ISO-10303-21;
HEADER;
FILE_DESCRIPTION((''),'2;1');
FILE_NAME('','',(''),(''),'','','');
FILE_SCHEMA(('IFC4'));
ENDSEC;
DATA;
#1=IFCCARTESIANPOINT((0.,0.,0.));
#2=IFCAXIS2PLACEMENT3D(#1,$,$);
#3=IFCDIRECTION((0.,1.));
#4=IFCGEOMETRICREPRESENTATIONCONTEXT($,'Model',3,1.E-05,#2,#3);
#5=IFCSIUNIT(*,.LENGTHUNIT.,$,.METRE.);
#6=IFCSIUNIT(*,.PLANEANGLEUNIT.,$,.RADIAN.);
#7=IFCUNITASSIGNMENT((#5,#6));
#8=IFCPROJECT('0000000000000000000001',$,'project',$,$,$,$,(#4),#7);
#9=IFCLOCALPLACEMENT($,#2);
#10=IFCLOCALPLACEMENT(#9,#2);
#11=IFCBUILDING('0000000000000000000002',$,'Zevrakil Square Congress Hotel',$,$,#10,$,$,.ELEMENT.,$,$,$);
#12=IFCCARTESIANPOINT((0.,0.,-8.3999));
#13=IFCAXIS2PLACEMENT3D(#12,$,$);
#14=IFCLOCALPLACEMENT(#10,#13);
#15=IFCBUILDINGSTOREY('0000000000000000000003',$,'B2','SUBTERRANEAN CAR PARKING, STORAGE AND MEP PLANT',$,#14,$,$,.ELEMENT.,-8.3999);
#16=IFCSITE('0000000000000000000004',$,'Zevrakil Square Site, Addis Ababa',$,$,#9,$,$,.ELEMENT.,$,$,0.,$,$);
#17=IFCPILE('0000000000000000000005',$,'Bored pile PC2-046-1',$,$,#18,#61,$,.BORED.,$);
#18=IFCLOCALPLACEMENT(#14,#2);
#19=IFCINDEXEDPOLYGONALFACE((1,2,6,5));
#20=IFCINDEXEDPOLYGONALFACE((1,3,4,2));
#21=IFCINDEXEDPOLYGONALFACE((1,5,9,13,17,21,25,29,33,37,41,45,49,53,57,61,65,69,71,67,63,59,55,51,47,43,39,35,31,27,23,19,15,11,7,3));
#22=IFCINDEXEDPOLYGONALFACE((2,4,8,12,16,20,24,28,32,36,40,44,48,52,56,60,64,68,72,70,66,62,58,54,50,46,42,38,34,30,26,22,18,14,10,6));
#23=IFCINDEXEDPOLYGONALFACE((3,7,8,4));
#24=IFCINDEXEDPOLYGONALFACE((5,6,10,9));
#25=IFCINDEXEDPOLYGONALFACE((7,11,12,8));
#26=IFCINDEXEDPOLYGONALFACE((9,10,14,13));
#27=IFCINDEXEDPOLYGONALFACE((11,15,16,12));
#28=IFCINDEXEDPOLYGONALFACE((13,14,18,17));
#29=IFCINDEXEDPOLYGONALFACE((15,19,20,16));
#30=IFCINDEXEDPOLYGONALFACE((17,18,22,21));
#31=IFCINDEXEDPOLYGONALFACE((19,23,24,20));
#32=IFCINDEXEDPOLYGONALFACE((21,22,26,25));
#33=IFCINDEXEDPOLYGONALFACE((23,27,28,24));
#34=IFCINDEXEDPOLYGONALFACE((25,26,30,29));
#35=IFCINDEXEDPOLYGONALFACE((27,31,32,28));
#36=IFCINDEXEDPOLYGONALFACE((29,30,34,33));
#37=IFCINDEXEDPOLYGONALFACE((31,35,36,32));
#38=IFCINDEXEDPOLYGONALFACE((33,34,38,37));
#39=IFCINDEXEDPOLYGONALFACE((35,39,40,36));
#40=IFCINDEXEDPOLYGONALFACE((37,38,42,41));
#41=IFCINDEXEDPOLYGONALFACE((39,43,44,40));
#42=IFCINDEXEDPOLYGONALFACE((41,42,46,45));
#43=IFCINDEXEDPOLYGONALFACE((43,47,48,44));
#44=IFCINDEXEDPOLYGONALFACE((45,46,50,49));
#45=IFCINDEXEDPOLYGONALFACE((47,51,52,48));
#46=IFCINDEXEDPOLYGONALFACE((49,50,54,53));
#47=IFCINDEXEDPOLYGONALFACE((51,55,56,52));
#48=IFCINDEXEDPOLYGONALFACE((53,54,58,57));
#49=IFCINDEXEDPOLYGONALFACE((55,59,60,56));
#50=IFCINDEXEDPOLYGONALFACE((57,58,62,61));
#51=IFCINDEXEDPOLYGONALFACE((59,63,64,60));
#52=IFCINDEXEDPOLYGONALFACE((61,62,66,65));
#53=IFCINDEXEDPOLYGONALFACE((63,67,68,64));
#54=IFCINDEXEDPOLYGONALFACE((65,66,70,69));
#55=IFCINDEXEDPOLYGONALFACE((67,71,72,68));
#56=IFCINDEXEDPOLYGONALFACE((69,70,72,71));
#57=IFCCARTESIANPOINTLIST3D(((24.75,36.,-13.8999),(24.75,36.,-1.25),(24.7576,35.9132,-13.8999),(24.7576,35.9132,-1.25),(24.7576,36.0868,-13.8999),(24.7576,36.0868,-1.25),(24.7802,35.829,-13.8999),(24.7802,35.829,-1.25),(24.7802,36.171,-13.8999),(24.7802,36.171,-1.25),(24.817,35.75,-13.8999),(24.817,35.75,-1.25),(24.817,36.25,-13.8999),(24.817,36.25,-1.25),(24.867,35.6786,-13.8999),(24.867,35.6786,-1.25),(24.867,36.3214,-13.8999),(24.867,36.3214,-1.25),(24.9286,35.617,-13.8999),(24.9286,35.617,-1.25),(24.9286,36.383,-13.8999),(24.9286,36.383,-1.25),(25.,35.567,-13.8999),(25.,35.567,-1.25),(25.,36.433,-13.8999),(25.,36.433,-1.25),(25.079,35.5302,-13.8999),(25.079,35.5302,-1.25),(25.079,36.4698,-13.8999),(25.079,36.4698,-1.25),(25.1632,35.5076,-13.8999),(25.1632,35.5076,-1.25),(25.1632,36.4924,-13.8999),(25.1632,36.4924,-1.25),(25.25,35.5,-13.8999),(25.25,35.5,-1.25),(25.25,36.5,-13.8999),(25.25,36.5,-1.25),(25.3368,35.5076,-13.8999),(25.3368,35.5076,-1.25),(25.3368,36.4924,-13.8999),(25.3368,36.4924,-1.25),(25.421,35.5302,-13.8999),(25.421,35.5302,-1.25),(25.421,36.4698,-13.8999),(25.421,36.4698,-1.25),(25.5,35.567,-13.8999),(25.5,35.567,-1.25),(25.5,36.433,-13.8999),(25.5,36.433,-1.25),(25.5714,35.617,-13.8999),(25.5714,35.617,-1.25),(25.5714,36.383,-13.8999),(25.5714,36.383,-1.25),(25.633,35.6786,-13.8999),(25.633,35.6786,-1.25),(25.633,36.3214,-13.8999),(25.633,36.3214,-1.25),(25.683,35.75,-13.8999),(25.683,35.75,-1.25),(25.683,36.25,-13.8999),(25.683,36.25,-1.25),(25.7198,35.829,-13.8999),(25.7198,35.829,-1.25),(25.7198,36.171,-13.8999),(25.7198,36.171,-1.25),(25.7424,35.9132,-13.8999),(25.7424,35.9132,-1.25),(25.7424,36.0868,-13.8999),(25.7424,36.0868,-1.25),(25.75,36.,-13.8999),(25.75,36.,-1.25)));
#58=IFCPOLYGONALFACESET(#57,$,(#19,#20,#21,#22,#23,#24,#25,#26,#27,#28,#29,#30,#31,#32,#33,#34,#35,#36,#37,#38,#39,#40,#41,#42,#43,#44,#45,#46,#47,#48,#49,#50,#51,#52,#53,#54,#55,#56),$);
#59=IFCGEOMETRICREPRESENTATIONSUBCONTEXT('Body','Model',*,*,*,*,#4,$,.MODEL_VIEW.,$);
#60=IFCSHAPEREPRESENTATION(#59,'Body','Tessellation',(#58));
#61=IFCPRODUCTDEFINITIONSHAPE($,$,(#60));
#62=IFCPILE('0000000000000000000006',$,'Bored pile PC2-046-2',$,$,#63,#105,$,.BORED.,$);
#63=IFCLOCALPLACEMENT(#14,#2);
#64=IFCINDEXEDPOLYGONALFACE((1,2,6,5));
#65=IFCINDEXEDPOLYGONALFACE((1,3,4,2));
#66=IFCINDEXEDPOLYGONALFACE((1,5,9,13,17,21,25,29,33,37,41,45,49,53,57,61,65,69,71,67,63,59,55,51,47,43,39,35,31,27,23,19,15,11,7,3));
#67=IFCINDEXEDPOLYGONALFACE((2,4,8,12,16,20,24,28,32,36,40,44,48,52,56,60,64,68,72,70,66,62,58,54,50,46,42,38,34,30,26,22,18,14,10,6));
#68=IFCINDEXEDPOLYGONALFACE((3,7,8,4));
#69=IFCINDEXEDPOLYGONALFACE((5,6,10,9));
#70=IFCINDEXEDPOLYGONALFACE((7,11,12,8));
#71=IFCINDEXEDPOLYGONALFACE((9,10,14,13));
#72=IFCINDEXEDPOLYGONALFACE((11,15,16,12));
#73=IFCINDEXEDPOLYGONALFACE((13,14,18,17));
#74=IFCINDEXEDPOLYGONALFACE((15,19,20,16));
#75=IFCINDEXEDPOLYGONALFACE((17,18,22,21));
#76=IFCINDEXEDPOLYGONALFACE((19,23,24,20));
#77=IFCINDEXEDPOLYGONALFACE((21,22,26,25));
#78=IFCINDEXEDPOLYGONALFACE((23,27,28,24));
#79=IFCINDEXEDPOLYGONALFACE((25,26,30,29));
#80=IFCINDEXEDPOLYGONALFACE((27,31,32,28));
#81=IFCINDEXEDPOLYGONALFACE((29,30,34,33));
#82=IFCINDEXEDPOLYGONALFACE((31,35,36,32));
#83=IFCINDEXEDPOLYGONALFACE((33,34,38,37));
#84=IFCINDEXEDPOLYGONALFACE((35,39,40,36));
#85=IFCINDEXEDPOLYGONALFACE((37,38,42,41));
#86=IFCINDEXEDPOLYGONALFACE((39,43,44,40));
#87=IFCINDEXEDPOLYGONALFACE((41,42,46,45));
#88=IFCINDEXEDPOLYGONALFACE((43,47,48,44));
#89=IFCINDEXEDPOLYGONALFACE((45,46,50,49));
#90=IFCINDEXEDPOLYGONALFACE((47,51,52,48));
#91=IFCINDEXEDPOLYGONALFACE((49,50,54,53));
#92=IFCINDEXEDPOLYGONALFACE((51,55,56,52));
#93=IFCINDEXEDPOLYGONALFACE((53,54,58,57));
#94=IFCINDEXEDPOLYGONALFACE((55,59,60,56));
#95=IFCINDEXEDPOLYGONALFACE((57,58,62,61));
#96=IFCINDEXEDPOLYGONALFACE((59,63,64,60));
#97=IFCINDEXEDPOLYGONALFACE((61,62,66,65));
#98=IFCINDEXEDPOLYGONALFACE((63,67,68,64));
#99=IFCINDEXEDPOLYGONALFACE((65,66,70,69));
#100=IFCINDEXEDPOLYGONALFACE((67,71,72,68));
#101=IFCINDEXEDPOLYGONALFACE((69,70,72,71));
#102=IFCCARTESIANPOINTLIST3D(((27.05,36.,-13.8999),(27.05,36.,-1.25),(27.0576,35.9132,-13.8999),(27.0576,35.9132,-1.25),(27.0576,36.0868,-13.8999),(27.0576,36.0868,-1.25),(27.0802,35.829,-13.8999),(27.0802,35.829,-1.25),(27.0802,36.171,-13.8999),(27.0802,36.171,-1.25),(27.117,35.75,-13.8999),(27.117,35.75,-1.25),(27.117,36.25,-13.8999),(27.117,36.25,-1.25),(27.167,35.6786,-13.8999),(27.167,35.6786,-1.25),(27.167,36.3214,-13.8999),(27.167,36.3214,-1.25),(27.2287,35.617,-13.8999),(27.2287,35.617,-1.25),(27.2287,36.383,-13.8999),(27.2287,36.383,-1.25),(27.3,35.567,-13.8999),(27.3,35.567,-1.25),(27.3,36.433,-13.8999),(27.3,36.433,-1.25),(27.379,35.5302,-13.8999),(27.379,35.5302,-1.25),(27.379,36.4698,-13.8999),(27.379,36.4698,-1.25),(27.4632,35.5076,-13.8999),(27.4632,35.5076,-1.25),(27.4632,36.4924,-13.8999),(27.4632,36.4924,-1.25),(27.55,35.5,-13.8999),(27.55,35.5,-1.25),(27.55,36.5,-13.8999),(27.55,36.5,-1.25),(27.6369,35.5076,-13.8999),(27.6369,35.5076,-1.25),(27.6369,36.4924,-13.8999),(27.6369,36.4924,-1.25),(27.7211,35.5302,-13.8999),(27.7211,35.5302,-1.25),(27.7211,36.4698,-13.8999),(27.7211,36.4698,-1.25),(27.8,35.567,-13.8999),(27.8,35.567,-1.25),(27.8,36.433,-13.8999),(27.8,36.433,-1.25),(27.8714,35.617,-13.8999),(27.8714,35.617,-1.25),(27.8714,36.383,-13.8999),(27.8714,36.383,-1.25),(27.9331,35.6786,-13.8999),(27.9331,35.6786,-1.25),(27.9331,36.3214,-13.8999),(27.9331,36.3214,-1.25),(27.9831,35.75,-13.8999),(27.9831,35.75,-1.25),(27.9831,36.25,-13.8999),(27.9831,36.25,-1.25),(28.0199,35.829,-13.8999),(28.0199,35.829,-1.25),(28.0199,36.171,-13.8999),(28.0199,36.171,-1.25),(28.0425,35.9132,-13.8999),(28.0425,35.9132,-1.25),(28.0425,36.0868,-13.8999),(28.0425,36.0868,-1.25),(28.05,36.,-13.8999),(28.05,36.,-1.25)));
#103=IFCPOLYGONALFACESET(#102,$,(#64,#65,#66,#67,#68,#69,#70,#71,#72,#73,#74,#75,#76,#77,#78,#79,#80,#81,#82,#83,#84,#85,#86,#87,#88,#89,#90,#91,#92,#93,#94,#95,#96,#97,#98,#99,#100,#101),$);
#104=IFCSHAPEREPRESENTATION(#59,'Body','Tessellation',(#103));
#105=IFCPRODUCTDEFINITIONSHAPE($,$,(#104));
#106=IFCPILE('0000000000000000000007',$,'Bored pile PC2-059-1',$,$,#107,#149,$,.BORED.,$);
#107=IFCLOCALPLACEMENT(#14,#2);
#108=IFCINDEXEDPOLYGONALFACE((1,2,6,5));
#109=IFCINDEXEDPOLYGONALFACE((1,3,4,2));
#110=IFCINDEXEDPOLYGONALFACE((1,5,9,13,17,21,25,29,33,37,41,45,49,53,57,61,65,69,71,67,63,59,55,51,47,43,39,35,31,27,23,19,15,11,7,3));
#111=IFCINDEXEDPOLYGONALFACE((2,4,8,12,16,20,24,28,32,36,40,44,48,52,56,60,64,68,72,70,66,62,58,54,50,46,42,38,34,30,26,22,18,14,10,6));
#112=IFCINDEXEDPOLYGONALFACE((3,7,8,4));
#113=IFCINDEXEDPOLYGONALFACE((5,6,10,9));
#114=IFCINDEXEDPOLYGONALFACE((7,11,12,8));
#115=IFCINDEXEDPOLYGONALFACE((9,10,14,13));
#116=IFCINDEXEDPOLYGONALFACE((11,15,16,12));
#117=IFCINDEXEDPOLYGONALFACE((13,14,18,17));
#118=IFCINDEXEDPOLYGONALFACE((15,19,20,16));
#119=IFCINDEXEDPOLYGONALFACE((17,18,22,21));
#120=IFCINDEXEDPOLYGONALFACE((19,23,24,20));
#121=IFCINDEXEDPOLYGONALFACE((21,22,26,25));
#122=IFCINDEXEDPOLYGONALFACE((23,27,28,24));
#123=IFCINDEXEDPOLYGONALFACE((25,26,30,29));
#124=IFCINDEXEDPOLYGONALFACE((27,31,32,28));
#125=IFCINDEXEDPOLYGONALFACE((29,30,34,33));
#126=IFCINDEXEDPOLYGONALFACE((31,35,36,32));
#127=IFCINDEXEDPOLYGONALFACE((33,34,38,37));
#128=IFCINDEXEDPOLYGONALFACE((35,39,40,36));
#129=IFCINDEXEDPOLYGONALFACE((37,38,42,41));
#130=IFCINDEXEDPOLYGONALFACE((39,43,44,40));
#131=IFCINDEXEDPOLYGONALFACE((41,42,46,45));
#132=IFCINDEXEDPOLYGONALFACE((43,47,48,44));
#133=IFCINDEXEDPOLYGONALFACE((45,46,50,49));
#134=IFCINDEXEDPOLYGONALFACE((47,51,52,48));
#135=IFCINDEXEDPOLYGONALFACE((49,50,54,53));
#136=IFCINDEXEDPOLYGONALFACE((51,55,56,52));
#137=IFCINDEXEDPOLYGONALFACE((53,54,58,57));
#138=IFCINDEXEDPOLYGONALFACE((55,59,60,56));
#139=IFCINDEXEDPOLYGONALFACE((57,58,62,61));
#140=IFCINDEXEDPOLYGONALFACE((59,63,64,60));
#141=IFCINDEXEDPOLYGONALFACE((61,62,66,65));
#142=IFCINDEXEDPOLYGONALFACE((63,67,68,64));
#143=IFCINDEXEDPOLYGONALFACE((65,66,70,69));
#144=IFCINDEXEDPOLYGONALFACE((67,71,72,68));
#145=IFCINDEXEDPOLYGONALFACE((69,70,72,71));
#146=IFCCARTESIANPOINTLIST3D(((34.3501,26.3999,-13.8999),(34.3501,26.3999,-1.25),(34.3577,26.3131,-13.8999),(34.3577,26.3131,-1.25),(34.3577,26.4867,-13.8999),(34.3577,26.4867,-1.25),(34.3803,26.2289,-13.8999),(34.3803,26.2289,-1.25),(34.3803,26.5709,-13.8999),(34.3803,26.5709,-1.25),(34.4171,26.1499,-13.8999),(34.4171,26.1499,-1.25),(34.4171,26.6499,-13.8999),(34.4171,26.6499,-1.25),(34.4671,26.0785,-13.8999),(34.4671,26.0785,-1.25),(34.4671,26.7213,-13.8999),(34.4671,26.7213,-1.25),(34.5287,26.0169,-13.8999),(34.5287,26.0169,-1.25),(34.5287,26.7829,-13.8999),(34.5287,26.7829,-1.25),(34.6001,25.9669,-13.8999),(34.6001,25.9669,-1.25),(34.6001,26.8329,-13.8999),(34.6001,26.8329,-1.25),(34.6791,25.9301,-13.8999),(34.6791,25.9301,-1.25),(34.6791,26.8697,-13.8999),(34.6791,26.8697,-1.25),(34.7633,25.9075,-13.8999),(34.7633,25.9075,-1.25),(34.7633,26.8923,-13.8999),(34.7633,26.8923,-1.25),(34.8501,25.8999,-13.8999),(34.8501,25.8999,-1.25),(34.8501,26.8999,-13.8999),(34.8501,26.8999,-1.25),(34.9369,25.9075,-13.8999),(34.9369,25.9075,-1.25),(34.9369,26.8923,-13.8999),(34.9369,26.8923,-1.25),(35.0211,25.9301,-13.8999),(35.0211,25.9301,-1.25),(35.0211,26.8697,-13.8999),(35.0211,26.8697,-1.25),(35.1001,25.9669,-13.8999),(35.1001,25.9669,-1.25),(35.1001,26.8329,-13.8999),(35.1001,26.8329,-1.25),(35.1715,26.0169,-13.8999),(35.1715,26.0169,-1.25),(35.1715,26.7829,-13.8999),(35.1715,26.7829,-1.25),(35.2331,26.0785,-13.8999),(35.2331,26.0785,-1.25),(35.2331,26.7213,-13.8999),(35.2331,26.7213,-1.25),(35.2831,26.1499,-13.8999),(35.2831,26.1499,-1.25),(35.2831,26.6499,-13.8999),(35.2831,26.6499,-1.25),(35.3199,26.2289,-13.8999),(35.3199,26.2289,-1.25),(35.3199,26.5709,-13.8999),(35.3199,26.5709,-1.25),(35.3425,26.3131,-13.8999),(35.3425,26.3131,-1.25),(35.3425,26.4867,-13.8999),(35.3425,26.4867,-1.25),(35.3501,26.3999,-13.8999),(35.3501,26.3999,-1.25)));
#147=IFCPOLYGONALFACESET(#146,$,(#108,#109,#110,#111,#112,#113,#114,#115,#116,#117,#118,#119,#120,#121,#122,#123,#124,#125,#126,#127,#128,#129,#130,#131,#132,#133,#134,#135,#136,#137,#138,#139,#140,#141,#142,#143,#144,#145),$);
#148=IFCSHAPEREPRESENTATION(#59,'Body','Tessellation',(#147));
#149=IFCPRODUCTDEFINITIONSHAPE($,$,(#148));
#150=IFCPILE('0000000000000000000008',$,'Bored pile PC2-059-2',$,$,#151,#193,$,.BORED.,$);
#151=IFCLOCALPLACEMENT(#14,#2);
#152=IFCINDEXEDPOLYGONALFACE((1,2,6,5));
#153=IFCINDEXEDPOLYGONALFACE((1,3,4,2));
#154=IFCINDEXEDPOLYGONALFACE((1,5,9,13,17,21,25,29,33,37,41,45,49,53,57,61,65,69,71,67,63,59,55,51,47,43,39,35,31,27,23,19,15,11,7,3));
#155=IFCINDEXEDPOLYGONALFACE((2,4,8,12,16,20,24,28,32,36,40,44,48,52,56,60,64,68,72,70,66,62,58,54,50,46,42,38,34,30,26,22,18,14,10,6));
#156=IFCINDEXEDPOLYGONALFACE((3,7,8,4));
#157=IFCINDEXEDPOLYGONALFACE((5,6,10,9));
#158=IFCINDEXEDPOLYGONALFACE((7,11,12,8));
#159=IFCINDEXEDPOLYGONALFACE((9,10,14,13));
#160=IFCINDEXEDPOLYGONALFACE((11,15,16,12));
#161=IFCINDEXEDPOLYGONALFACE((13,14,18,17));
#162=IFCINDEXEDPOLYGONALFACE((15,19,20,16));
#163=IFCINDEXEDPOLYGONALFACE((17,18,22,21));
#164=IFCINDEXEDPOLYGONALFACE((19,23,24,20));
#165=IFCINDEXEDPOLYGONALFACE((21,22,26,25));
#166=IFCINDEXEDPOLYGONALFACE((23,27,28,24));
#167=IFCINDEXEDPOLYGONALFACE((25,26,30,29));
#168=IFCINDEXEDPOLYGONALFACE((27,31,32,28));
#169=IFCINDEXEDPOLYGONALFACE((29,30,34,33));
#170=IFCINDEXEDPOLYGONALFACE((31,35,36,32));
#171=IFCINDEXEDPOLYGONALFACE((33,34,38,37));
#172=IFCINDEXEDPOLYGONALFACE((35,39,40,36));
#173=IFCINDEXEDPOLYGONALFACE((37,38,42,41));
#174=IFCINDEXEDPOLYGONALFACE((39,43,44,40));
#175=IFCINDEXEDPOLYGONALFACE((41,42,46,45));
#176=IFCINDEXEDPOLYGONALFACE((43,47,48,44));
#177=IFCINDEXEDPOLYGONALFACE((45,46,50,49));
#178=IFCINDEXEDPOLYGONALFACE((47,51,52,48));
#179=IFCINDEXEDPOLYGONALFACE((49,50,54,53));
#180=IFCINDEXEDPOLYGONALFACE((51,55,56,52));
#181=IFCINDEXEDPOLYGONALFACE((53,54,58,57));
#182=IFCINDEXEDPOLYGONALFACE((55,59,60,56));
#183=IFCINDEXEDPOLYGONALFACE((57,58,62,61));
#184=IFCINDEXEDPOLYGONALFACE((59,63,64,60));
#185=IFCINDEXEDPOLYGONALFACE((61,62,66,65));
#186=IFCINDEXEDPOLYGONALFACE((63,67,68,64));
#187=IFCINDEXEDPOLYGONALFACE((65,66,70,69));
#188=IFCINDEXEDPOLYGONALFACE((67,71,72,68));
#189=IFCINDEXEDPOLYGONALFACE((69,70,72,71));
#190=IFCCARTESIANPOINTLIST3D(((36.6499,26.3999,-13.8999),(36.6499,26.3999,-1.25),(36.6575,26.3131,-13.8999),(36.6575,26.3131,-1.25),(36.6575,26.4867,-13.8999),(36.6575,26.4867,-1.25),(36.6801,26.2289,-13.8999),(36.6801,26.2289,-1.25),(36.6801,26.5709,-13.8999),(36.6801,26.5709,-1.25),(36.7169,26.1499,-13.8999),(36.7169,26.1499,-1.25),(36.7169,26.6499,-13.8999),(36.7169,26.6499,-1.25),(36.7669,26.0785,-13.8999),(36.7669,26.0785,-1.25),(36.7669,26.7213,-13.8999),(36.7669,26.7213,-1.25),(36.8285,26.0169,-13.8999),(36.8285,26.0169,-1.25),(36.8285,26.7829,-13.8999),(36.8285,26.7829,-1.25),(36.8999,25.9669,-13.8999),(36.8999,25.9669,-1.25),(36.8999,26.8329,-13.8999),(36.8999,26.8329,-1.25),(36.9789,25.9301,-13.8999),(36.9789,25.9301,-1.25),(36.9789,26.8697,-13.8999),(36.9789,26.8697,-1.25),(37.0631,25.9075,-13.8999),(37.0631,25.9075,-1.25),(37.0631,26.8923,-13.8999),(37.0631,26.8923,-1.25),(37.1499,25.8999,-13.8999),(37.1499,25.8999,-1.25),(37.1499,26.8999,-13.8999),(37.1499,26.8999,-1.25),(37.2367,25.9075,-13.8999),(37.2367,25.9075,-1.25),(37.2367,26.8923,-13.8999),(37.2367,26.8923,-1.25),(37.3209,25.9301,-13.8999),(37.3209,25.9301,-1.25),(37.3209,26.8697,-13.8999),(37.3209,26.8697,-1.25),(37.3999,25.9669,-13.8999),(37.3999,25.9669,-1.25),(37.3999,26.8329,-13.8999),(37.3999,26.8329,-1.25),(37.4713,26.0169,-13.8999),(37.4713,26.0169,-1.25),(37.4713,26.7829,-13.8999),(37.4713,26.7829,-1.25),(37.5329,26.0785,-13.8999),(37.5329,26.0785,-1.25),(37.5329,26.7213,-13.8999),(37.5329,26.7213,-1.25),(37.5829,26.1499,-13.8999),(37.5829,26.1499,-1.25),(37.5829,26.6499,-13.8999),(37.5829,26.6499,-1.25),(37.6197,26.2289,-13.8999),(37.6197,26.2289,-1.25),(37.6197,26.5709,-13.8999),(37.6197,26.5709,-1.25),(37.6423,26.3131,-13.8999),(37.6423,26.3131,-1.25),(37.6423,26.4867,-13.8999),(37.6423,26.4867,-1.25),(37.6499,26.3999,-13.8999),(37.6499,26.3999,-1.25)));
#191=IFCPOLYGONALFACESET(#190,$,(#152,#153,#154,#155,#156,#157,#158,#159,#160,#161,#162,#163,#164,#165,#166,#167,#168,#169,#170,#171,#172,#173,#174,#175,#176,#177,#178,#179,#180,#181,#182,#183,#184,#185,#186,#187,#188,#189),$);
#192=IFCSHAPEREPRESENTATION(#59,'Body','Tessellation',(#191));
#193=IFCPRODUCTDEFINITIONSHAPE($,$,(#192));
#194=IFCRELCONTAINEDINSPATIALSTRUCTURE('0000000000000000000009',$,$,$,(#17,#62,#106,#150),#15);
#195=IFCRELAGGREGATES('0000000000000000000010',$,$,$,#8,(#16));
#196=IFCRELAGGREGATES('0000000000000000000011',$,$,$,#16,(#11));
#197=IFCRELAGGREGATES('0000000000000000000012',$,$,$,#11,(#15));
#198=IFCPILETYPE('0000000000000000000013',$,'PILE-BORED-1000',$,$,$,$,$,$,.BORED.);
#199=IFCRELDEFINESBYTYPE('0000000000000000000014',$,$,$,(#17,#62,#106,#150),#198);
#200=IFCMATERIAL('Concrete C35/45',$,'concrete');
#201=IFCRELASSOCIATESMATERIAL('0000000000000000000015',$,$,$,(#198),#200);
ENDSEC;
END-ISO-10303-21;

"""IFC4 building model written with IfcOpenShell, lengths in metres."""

from ifc_helpers import new_model, si_unit, direction, frame, origin, origin_2d, place, context, subcontext, project, spatial, circle, extrude, material, material_profile, profile_set, type_object, element, save


model = new_model("IFC4")

# Units and contexts
model_context = context("Model", 3, precision=1e-05, world=origin(), true_north=direction((0.0, 1.0)))
body_context = subcontext(model_context, "Body", "Model", "MODEL_VIEW")
ifc_project = project(units=[si_unit("LENGTHUNIT", "METRE"), si_unit("PLANEANGLEUNIT", "RADIAN")], contexts=[model_context])

# Site, building, storey
site_placement = place(None, origin())
site = spatial("IfcSite", under=ifc_project, at=site_placement, Name="Zevrakil Square Site, Addis Ababa", CompositionType="ELEMENT", RefElevation=0.0)
building_placement = place(site_placement, origin())
building = spatial("IfcBuilding", under=site, at=building_placement, Name="Zevrakil Square Congress Hotel", CompositionType="ELEMENT")
storey_placement = place(building_placement, frame((0.0, 0.0, -8.3999)))
storey = spatial("IfcBuildingStorey", under=building, at=storey_placement, Name="B2", Description="SUBTERRANEAN CAR PARKING, STORAGE AND MEP PLANT", CompositionType="ELEMENT", Elevation=-8.3999)

# Piles
ifc_material_1 = material(Name="Concrete C35/45", Category="concrete")
ifc_material_profile_1 = material_profile(ifc_material_1, circle(Radius=0.5, at=origin_2d()), Name="PILE D1000")
ifc_profile_set_1 = profile_set([ifc_material_profile_1], Name="Concrete C35/45")
pile_type = type_object("IfcPileType", Name="PILE-BORED-1000", PredefinedType="BORED", material=ifc_profile_set_1)
for number, where, z_axis, x_axis, name in (
    (1, (25.25, 36.0, -1.25), (0.0, 0.0, -1.0), (1.0, 0.0, 0.0), "Bored pile PC2-046-1"),
    (2, (27.55, 36.0, -1.25), (0.0, 0.0, -1.0), (1.0, 0.0, 0.0), "Bored pile PC2-046-2"),
    (3, (34.8501, 26.3999, -1.25), (0.0, 0.0, -1.0), (1.0, 0.0, 0.0), "Bored pile PC2-059-1"),
    (4, (37.1499, 26.3999, -1.25), (0.0, 0.0, -1.0), (1.0, 0.0, 0.0), "Bored pile PC2-059-2"),
):
    element("IfcPile", number, at=place(storey_placement, frame(where, z_axis=z_axis, x_axis=x_axis)), inside=storey, type_object=pile_type, Name=name, PredefinedType="BORED", context=body_context, shape_type="SweptSolid", body=[
        extrude(circle(Radius=0.5, at=origin_2d()), origin(), (0.0, 0.0, 1.0), 12.6499),
    ])

save(model, "model.ifc")
